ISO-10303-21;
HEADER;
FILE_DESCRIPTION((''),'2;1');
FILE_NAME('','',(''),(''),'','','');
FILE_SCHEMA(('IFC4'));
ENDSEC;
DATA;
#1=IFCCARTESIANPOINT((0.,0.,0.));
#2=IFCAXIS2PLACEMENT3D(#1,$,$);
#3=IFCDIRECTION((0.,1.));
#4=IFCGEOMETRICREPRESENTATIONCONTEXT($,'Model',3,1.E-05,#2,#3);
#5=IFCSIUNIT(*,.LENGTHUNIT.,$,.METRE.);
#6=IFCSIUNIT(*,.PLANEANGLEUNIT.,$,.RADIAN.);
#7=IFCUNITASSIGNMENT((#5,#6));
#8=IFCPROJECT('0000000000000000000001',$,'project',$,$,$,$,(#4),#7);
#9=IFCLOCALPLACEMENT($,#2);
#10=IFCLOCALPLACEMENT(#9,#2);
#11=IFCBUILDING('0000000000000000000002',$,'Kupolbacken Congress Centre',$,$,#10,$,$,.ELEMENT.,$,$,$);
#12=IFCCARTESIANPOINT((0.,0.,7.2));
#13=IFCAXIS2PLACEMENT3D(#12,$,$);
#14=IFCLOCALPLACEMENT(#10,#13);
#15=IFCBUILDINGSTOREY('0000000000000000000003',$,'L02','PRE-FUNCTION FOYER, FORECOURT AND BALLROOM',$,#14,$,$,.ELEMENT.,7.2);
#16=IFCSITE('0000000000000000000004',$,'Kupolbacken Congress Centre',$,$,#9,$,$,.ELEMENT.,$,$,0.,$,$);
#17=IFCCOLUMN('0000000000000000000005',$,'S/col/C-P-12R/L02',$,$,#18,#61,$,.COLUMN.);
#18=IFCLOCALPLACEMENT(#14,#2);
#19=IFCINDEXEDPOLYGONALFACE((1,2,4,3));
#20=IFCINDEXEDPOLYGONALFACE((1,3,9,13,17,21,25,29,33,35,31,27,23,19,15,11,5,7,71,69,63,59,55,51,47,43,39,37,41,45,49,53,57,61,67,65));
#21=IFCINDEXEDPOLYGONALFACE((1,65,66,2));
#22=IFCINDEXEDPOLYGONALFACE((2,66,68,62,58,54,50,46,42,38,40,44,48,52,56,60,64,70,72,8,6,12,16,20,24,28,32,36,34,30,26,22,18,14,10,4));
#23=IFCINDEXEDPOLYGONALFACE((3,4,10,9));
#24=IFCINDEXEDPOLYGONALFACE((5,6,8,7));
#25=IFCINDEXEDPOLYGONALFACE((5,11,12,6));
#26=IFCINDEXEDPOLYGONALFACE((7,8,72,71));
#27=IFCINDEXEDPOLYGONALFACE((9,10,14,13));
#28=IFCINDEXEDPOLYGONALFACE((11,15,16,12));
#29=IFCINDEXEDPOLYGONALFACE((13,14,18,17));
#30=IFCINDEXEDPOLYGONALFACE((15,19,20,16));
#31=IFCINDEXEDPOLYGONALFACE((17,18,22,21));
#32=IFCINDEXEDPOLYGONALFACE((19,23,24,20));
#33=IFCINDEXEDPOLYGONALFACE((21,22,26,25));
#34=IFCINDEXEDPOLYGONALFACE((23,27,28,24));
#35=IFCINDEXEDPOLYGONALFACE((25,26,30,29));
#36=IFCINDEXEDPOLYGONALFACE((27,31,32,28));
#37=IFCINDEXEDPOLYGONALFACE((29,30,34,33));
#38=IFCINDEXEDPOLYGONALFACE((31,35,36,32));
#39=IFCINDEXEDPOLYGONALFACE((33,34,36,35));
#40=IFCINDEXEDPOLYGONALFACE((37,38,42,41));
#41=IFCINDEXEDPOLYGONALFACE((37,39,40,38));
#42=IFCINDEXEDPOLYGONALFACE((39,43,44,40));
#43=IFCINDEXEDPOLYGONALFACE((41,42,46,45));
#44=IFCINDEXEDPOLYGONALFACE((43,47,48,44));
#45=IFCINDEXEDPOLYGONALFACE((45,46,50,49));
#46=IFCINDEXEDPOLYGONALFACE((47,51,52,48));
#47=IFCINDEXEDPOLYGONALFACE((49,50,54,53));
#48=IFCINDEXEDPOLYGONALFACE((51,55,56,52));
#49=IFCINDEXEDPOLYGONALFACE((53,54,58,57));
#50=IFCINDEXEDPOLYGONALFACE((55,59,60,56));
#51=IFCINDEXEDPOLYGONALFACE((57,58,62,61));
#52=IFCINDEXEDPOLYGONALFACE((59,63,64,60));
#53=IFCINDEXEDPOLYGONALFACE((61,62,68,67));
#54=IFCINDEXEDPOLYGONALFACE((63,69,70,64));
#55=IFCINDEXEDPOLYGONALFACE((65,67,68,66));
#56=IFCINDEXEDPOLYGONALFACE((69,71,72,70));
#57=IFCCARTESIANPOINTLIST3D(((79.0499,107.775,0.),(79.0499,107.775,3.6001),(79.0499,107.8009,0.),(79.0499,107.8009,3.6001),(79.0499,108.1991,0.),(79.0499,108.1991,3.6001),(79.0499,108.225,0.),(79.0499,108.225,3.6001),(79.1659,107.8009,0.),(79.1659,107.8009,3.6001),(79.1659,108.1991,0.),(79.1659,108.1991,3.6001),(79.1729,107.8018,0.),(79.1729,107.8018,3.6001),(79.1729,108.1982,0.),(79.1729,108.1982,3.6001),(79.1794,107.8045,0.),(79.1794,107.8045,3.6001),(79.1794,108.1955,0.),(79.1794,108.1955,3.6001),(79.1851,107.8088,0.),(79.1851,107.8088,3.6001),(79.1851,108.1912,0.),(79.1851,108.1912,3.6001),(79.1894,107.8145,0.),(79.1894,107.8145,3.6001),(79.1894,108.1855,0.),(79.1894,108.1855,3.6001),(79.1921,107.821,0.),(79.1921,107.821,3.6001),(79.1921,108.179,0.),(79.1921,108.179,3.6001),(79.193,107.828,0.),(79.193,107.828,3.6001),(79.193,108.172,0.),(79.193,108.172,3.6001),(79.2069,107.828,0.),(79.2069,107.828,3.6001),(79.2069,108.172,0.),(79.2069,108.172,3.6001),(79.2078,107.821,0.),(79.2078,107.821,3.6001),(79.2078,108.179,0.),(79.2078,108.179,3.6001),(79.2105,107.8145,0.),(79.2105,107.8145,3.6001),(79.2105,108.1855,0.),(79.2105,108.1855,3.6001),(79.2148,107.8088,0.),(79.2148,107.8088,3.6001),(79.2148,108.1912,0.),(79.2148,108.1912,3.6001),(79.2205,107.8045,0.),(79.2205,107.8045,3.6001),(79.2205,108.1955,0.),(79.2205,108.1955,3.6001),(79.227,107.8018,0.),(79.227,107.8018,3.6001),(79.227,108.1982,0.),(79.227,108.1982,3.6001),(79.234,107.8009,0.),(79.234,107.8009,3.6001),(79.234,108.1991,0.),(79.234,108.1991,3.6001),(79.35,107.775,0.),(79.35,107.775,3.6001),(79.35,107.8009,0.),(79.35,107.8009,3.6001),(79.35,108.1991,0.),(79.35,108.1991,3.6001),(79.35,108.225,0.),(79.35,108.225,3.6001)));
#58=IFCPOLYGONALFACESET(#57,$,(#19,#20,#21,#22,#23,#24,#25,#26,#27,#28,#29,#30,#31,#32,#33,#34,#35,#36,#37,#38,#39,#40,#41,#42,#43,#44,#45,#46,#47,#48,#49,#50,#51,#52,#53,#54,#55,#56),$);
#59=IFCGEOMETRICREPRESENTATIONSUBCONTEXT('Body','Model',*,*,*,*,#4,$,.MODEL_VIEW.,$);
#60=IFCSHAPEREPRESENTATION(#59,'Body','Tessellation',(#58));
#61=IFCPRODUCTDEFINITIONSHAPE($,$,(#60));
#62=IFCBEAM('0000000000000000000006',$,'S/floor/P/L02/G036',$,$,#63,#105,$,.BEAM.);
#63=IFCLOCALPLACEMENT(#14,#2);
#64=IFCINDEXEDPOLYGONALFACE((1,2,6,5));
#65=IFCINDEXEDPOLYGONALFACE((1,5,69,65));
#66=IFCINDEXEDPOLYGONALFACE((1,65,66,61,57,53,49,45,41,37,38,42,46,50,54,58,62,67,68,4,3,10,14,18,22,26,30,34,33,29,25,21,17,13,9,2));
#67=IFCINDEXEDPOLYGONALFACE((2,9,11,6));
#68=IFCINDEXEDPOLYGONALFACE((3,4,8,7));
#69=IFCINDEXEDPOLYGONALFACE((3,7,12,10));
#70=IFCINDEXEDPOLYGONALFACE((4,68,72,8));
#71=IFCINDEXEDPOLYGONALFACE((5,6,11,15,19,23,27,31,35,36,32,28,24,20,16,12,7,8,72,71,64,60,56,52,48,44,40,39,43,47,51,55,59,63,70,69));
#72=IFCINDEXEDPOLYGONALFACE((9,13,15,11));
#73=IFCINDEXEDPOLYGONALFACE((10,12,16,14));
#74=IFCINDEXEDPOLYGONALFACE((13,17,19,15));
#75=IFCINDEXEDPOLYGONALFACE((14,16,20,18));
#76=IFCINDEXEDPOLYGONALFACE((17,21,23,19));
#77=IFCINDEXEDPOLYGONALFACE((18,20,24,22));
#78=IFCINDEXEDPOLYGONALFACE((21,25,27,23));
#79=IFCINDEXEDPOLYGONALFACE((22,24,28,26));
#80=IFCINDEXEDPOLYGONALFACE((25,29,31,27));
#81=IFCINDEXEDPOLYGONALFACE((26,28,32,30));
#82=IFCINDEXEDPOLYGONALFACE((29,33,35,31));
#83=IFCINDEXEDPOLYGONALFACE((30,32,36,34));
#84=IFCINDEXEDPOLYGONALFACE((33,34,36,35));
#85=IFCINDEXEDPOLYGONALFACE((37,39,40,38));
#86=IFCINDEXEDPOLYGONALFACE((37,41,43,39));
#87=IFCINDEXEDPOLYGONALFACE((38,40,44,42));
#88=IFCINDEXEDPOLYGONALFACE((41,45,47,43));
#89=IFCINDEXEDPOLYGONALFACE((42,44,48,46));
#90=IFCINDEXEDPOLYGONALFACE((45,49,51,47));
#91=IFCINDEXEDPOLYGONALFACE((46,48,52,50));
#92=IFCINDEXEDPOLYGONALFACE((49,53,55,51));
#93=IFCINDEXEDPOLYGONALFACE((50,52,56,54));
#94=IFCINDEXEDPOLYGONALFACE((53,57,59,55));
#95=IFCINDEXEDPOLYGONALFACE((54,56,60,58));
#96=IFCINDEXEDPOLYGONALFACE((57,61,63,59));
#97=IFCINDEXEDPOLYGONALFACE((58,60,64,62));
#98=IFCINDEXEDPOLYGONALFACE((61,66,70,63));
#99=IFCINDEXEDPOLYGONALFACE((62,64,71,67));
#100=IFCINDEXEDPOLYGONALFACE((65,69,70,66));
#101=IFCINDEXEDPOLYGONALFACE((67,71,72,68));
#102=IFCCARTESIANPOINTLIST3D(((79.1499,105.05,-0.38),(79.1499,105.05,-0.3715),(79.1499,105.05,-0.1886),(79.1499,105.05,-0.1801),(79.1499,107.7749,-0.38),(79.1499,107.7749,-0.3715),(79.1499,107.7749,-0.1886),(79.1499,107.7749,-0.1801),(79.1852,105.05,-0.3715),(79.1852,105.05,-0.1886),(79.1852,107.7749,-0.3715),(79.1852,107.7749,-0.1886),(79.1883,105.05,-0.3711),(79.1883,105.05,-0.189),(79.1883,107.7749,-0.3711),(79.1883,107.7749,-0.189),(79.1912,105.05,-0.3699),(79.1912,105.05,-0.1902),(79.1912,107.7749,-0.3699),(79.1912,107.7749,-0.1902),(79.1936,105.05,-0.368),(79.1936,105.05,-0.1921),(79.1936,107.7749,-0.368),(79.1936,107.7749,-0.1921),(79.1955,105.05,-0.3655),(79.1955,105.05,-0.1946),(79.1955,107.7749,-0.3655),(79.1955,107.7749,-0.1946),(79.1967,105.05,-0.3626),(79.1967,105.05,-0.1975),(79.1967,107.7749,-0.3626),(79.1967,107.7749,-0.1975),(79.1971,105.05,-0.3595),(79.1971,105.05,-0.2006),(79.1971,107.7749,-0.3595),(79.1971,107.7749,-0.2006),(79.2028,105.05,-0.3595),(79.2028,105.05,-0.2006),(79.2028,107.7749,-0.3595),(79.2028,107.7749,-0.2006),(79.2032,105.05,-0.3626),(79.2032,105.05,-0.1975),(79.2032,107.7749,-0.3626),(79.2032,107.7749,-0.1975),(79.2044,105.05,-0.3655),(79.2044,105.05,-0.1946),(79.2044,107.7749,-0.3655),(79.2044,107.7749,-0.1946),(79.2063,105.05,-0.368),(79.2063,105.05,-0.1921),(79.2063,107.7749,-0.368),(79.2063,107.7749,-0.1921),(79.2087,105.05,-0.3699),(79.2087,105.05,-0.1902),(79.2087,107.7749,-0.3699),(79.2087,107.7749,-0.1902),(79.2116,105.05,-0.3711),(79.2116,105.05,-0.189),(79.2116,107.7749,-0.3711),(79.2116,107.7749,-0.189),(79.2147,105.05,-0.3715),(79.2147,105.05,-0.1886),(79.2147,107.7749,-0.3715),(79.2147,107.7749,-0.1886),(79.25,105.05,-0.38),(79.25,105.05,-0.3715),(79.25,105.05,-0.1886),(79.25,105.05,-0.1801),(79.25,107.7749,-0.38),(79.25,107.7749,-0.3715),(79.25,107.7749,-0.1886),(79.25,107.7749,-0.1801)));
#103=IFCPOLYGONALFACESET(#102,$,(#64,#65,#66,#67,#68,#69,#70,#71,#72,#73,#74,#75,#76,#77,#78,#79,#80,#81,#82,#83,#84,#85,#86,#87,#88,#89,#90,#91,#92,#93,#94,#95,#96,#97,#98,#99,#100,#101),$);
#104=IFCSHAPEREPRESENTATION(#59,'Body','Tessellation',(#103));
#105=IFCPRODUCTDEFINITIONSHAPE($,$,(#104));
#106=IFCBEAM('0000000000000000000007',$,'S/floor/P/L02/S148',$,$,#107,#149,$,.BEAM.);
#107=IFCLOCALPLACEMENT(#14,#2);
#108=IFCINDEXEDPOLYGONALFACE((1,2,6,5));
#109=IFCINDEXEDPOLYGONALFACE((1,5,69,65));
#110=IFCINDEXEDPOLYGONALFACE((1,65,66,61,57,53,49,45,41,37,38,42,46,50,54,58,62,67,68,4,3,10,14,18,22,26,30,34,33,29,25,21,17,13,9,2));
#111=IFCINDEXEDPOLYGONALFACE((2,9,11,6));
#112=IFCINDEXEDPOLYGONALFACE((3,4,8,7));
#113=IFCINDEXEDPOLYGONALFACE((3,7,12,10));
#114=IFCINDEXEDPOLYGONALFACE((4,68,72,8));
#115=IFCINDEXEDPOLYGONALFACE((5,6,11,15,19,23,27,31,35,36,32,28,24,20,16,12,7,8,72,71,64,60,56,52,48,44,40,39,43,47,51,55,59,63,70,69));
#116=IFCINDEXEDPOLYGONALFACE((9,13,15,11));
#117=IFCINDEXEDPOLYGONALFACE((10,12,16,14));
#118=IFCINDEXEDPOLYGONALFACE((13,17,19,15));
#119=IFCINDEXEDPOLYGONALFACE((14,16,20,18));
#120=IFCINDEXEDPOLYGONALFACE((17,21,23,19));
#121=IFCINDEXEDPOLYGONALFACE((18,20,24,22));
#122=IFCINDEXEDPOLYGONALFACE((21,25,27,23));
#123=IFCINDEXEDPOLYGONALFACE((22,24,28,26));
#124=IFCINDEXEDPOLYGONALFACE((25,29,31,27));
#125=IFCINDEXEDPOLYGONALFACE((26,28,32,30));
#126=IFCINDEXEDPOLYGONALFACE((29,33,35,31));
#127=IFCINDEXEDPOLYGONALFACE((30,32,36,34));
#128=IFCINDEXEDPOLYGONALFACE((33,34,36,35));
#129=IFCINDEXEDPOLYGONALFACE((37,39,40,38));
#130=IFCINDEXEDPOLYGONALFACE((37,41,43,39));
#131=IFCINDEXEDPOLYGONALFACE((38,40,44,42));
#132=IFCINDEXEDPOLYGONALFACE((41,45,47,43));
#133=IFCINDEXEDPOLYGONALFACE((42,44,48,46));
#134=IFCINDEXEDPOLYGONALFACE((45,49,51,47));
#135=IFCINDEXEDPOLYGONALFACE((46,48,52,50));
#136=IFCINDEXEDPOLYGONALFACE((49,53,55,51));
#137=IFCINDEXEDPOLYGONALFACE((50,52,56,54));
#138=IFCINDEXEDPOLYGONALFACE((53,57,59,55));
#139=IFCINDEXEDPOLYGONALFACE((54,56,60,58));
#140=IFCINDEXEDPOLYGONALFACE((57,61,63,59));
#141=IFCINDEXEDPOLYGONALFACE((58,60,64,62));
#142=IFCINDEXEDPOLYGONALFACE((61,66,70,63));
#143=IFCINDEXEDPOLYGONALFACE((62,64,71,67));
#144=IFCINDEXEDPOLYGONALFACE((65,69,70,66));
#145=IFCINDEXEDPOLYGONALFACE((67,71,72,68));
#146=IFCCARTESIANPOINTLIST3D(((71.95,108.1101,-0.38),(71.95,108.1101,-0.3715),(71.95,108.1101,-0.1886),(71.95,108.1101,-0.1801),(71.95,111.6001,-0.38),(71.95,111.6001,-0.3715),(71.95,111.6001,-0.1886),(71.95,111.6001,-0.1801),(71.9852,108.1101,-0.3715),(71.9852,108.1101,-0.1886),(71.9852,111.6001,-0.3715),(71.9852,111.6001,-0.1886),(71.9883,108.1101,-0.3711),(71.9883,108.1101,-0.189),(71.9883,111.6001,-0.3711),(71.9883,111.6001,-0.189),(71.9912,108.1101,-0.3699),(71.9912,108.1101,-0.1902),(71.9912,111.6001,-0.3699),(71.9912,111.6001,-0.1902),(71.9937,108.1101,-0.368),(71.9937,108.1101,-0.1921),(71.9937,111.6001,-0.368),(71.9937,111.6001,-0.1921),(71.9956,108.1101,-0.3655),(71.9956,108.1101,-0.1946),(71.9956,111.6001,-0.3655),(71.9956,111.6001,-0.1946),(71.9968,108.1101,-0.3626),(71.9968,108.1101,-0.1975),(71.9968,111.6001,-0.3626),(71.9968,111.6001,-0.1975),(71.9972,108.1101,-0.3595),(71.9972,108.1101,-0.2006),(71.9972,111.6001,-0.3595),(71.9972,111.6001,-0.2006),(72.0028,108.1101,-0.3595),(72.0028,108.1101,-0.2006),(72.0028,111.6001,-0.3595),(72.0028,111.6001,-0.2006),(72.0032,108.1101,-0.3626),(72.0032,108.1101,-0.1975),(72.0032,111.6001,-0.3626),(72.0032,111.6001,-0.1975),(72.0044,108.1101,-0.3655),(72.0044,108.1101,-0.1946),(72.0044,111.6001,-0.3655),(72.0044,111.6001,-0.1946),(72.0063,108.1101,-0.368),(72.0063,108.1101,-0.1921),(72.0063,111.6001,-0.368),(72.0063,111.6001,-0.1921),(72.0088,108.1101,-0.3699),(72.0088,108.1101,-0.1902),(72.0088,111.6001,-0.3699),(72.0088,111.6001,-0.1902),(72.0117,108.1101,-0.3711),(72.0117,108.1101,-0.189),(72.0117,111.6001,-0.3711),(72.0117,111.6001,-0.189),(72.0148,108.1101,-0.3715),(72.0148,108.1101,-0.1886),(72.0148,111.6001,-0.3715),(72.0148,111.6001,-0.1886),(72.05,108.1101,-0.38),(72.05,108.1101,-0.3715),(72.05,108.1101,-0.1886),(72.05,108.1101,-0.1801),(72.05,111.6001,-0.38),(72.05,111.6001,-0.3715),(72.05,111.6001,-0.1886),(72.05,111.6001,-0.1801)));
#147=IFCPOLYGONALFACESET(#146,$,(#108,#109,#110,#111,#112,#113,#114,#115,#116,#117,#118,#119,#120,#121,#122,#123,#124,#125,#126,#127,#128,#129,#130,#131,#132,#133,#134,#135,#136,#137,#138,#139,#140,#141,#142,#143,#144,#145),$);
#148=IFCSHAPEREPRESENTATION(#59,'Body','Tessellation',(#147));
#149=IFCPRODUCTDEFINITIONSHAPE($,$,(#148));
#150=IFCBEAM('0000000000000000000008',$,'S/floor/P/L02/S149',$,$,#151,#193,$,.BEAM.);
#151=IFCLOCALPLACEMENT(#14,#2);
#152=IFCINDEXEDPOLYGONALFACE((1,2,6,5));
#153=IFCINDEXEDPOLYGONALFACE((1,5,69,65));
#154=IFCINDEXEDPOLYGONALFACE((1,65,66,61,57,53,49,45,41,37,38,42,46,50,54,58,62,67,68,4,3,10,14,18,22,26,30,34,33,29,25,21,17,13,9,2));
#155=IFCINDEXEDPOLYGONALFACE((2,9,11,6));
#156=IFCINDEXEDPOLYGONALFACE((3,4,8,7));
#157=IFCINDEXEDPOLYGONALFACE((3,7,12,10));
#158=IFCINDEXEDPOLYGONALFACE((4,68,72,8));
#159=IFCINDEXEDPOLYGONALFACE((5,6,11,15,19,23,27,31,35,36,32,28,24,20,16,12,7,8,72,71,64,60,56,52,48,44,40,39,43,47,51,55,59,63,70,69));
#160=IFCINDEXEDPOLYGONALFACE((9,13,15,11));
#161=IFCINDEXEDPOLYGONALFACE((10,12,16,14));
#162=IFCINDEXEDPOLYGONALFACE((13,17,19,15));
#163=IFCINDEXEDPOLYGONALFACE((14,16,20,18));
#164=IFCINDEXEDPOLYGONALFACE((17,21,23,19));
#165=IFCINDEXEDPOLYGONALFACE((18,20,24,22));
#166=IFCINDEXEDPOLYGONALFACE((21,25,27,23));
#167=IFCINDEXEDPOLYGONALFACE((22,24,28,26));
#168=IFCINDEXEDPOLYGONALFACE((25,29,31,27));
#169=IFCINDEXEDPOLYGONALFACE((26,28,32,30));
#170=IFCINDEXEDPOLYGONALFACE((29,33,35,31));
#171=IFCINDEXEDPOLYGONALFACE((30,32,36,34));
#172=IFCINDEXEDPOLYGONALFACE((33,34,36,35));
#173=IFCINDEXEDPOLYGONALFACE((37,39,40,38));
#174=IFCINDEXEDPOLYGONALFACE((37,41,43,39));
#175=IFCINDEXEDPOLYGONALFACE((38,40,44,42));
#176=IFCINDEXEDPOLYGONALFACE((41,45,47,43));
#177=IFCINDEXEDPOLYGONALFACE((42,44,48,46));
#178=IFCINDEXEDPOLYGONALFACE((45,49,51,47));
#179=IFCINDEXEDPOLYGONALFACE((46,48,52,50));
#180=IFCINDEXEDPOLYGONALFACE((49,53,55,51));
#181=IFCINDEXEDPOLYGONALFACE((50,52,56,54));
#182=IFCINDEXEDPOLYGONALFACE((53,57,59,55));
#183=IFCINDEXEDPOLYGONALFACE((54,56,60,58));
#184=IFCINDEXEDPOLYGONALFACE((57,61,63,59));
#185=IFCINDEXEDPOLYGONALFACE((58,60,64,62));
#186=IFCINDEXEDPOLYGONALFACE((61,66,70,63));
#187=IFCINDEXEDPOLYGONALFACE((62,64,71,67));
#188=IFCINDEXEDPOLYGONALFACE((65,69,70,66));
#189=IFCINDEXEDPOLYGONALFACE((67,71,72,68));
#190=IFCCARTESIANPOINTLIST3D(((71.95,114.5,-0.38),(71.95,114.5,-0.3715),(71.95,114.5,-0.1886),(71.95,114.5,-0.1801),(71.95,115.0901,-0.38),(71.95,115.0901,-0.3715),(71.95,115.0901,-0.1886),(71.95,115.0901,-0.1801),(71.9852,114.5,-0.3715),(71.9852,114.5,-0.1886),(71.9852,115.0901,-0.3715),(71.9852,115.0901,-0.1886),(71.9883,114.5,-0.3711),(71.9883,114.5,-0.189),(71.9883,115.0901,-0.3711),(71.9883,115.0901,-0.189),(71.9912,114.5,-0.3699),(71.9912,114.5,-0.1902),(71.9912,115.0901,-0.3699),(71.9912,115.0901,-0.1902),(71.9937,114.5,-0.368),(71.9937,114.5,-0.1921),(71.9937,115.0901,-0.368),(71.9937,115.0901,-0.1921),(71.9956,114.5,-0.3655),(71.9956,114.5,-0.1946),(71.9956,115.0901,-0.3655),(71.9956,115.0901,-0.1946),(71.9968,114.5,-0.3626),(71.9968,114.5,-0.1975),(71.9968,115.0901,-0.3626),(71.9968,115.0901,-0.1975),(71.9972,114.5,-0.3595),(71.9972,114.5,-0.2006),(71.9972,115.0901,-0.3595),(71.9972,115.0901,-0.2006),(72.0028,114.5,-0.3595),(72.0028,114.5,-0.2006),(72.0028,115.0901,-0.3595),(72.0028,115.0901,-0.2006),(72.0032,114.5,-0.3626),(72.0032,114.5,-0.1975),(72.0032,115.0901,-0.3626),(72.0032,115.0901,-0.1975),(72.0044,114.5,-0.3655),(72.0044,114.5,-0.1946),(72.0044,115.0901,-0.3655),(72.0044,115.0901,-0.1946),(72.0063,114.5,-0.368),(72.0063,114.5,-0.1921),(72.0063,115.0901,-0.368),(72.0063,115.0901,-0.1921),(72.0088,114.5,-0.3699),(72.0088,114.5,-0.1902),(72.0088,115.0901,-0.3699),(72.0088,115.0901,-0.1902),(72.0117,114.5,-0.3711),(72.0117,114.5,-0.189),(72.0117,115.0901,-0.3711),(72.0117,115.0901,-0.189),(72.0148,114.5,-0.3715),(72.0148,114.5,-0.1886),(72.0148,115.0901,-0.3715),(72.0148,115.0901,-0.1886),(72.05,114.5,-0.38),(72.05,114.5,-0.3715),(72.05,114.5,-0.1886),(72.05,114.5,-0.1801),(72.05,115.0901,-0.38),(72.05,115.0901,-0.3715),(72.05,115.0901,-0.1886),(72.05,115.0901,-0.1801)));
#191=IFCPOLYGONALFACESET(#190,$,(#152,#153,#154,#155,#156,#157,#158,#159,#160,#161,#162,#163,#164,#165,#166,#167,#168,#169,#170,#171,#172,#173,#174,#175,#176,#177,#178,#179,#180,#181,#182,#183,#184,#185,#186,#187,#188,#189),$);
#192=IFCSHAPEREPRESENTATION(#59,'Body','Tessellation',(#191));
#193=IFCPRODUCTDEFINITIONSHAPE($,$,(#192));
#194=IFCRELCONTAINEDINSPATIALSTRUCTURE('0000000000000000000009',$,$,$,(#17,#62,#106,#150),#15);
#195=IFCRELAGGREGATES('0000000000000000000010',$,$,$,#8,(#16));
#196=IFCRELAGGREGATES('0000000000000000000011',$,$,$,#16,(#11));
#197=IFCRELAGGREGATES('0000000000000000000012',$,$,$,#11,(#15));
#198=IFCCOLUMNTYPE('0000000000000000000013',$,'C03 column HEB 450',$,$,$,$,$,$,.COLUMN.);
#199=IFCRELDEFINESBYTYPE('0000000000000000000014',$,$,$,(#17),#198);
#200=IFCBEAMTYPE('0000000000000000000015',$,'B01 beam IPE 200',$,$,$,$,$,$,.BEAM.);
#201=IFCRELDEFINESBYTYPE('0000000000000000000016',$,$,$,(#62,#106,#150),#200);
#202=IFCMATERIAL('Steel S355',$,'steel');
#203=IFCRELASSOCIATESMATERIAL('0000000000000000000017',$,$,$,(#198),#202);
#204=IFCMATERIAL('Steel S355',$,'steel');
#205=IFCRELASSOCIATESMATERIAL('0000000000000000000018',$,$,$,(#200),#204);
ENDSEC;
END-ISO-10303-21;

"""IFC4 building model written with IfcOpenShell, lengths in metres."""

from ifc_helpers import new_model, si_unit, direction, frame, origin, origin_2d, place, context, subcontext, project, spatial, i_section, extrude, material, material_profile, profile_set, type_object, element, save


model = new_model("IFC4")

# Units and contexts
model_context = context("Model", 3, precision=1e-05, world=origin(), true_north=direction((0.0, 1.0)))
body_context = subcontext(model_context, "Body", "Model", "MODEL_VIEW")
ifc_project = project(units=[si_unit("LENGTHUNIT", "METRE"), si_unit("PLANEANGLEUNIT", "RADIAN")], contexts=[model_context])

# Site, building, storey
site_placement = place(None, origin())
site = spatial("IfcSite", under=ifc_project, at=site_placement, Name="Kupolbacken Congress Centre", CompositionType="ELEMENT", RefElevation=0.0)
building_placement = place(site_placement, origin())
building = spatial("IfcBuilding", under=site, at=building_placement, Name="Kupolbacken Congress Centre", CompositionType="ELEMENT")
storey_placement = place(building_placement, frame((0.0, 0.0, 7.2)))
storey = spatial("IfcBuildingStorey", under=building, at=storey_placement, Name="L02", Description="PRE-FUNCTION FOYER, FORECOURT AND BALLROOM", CompositionType="ELEMENT", Elevation=7.2)

# Column
ifc_material_1 = material(Name="Steel S355", Category="steel")
ifc_material_profile_1 = material_profile(ifc_material_1, i_section(OverallWidth=0.3, OverallDepth=0.45, WebThickness=0.0139, FlangeThickness=0.0259, FilletRadius=0.0271, at=origin_2d()), Name="HEB 450")
ifc_profile_set_1 = profile_set([ifc_material_profile_1], Name="Steel S355")
column_type = type_object("IfcColumnType", Name="C03 column HEB 450", PredefinedType="COLUMN", material=ifc_profile_set_1)
column_placement = place(storey_placement, frame((79.2, 108.0, 0.0), z_axis=(0.0, 0.0, 1.0), x_axis=(1.0, 0.0, 0.0)))
element("IfcColumn", 1, at=column_placement, inside=storey, type_object=column_type, Name="S/col/C-P-12R/L02", PredefinedType="COLUMN", context=body_context, shape_type="SweptSolid", body=[
    extrude(i_section(OverallWidth=0.3, OverallDepth=0.45, WebThickness=0.0139, FlangeThickness=0.0259, FilletRadius=0.0271, at=origin_2d()), origin(), (0.0, 0.0, 1.0), 3.6001),
])

# Beams
ifc_material_2 = material(Name="Steel S355", Category="steel")
ifc_material_profile_2 = material_profile(ifc_material_2, i_section(OverallWidth=0.1001, OverallDepth=0.2, WebThickness=0.0056, FlangeThickness=0.0085, FilletRadius=0.012, at=origin_2d()), Name="IPE 200")
ifc_profile_set_2 = profile_set([ifc_material_profile_2], Name="Steel S355")
beam_type_1 = type_object("IfcBeamType", Name="B01 beam IPE 200", PredefinedType="BEAM", material=ifc_profile_set_2)
beam_1_placement = place(storey_placement, frame((79.2, 105.05, -0.28), z_axis=(0.0, 1.0, 0.0), x_axis=(-1.0, 0.0, 0.0)))
element("IfcBeam", 2, at=beam_1_placement, inside=storey, type_object=beam_type_1, Name="S/floor/P/L02/G036", PredefinedType="BEAM", context=body_context, shape_type="SweptSolid", body=[
    extrude(i_section(OverallWidth=0.1001, OverallDepth=0.2, WebThickness=0.0056, FlangeThickness=0.0085, FilletRadius=0.012, at=origin_2d()), origin(), (0.0, 0.0, 1.0), 2.7249),
])
beam_2_placement = place(storey_placement, frame((72.0, 108.1101, -0.28), z_axis=(0.0, 1.0, 0.0), x_axis=(-1.0, 0.0, 0.0)))
element("IfcBeam", 3, at=beam_2_placement, inside=storey, type_object=beam_type_1, Name="S/floor/P/L02/S148", PredefinedType="BEAM", context=body_context, shape_type="SweptSolid", body=[
    extrude(i_section(OverallWidth=0.1001, OverallDepth=0.2, WebThickness=0.0056, FlangeThickness=0.0085, FilletRadius=0.012, at=origin_2d()), origin(), (0.0, 0.0, 1.0), 3.49),
])
beam_3_placement = place(storey_placement, frame((72.0, 114.5, -0.28), z_axis=(0.0, 1.0, 0.0), x_axis=(-1.0, 0.0, 0.0)))
element("IfcBeam", 4, at=beam_3_placement, inside=storey, type_object=beam_type_1, Name="S/floor/P/L02/S149", PredefinedType="BEAM", context=body_context, shape_type="SweptSolid", body=[
    extrude(i_section(OverallWidth=0.1001, OverallDepth=0.2, WebThickness=0.0056, FlangeThickness=0.0085, FilletRadius=0.012, at=origin_2d()), origin(), (0.0, 0.0, 1.0), 0.5901),
])

save(model, "model.ifc")
